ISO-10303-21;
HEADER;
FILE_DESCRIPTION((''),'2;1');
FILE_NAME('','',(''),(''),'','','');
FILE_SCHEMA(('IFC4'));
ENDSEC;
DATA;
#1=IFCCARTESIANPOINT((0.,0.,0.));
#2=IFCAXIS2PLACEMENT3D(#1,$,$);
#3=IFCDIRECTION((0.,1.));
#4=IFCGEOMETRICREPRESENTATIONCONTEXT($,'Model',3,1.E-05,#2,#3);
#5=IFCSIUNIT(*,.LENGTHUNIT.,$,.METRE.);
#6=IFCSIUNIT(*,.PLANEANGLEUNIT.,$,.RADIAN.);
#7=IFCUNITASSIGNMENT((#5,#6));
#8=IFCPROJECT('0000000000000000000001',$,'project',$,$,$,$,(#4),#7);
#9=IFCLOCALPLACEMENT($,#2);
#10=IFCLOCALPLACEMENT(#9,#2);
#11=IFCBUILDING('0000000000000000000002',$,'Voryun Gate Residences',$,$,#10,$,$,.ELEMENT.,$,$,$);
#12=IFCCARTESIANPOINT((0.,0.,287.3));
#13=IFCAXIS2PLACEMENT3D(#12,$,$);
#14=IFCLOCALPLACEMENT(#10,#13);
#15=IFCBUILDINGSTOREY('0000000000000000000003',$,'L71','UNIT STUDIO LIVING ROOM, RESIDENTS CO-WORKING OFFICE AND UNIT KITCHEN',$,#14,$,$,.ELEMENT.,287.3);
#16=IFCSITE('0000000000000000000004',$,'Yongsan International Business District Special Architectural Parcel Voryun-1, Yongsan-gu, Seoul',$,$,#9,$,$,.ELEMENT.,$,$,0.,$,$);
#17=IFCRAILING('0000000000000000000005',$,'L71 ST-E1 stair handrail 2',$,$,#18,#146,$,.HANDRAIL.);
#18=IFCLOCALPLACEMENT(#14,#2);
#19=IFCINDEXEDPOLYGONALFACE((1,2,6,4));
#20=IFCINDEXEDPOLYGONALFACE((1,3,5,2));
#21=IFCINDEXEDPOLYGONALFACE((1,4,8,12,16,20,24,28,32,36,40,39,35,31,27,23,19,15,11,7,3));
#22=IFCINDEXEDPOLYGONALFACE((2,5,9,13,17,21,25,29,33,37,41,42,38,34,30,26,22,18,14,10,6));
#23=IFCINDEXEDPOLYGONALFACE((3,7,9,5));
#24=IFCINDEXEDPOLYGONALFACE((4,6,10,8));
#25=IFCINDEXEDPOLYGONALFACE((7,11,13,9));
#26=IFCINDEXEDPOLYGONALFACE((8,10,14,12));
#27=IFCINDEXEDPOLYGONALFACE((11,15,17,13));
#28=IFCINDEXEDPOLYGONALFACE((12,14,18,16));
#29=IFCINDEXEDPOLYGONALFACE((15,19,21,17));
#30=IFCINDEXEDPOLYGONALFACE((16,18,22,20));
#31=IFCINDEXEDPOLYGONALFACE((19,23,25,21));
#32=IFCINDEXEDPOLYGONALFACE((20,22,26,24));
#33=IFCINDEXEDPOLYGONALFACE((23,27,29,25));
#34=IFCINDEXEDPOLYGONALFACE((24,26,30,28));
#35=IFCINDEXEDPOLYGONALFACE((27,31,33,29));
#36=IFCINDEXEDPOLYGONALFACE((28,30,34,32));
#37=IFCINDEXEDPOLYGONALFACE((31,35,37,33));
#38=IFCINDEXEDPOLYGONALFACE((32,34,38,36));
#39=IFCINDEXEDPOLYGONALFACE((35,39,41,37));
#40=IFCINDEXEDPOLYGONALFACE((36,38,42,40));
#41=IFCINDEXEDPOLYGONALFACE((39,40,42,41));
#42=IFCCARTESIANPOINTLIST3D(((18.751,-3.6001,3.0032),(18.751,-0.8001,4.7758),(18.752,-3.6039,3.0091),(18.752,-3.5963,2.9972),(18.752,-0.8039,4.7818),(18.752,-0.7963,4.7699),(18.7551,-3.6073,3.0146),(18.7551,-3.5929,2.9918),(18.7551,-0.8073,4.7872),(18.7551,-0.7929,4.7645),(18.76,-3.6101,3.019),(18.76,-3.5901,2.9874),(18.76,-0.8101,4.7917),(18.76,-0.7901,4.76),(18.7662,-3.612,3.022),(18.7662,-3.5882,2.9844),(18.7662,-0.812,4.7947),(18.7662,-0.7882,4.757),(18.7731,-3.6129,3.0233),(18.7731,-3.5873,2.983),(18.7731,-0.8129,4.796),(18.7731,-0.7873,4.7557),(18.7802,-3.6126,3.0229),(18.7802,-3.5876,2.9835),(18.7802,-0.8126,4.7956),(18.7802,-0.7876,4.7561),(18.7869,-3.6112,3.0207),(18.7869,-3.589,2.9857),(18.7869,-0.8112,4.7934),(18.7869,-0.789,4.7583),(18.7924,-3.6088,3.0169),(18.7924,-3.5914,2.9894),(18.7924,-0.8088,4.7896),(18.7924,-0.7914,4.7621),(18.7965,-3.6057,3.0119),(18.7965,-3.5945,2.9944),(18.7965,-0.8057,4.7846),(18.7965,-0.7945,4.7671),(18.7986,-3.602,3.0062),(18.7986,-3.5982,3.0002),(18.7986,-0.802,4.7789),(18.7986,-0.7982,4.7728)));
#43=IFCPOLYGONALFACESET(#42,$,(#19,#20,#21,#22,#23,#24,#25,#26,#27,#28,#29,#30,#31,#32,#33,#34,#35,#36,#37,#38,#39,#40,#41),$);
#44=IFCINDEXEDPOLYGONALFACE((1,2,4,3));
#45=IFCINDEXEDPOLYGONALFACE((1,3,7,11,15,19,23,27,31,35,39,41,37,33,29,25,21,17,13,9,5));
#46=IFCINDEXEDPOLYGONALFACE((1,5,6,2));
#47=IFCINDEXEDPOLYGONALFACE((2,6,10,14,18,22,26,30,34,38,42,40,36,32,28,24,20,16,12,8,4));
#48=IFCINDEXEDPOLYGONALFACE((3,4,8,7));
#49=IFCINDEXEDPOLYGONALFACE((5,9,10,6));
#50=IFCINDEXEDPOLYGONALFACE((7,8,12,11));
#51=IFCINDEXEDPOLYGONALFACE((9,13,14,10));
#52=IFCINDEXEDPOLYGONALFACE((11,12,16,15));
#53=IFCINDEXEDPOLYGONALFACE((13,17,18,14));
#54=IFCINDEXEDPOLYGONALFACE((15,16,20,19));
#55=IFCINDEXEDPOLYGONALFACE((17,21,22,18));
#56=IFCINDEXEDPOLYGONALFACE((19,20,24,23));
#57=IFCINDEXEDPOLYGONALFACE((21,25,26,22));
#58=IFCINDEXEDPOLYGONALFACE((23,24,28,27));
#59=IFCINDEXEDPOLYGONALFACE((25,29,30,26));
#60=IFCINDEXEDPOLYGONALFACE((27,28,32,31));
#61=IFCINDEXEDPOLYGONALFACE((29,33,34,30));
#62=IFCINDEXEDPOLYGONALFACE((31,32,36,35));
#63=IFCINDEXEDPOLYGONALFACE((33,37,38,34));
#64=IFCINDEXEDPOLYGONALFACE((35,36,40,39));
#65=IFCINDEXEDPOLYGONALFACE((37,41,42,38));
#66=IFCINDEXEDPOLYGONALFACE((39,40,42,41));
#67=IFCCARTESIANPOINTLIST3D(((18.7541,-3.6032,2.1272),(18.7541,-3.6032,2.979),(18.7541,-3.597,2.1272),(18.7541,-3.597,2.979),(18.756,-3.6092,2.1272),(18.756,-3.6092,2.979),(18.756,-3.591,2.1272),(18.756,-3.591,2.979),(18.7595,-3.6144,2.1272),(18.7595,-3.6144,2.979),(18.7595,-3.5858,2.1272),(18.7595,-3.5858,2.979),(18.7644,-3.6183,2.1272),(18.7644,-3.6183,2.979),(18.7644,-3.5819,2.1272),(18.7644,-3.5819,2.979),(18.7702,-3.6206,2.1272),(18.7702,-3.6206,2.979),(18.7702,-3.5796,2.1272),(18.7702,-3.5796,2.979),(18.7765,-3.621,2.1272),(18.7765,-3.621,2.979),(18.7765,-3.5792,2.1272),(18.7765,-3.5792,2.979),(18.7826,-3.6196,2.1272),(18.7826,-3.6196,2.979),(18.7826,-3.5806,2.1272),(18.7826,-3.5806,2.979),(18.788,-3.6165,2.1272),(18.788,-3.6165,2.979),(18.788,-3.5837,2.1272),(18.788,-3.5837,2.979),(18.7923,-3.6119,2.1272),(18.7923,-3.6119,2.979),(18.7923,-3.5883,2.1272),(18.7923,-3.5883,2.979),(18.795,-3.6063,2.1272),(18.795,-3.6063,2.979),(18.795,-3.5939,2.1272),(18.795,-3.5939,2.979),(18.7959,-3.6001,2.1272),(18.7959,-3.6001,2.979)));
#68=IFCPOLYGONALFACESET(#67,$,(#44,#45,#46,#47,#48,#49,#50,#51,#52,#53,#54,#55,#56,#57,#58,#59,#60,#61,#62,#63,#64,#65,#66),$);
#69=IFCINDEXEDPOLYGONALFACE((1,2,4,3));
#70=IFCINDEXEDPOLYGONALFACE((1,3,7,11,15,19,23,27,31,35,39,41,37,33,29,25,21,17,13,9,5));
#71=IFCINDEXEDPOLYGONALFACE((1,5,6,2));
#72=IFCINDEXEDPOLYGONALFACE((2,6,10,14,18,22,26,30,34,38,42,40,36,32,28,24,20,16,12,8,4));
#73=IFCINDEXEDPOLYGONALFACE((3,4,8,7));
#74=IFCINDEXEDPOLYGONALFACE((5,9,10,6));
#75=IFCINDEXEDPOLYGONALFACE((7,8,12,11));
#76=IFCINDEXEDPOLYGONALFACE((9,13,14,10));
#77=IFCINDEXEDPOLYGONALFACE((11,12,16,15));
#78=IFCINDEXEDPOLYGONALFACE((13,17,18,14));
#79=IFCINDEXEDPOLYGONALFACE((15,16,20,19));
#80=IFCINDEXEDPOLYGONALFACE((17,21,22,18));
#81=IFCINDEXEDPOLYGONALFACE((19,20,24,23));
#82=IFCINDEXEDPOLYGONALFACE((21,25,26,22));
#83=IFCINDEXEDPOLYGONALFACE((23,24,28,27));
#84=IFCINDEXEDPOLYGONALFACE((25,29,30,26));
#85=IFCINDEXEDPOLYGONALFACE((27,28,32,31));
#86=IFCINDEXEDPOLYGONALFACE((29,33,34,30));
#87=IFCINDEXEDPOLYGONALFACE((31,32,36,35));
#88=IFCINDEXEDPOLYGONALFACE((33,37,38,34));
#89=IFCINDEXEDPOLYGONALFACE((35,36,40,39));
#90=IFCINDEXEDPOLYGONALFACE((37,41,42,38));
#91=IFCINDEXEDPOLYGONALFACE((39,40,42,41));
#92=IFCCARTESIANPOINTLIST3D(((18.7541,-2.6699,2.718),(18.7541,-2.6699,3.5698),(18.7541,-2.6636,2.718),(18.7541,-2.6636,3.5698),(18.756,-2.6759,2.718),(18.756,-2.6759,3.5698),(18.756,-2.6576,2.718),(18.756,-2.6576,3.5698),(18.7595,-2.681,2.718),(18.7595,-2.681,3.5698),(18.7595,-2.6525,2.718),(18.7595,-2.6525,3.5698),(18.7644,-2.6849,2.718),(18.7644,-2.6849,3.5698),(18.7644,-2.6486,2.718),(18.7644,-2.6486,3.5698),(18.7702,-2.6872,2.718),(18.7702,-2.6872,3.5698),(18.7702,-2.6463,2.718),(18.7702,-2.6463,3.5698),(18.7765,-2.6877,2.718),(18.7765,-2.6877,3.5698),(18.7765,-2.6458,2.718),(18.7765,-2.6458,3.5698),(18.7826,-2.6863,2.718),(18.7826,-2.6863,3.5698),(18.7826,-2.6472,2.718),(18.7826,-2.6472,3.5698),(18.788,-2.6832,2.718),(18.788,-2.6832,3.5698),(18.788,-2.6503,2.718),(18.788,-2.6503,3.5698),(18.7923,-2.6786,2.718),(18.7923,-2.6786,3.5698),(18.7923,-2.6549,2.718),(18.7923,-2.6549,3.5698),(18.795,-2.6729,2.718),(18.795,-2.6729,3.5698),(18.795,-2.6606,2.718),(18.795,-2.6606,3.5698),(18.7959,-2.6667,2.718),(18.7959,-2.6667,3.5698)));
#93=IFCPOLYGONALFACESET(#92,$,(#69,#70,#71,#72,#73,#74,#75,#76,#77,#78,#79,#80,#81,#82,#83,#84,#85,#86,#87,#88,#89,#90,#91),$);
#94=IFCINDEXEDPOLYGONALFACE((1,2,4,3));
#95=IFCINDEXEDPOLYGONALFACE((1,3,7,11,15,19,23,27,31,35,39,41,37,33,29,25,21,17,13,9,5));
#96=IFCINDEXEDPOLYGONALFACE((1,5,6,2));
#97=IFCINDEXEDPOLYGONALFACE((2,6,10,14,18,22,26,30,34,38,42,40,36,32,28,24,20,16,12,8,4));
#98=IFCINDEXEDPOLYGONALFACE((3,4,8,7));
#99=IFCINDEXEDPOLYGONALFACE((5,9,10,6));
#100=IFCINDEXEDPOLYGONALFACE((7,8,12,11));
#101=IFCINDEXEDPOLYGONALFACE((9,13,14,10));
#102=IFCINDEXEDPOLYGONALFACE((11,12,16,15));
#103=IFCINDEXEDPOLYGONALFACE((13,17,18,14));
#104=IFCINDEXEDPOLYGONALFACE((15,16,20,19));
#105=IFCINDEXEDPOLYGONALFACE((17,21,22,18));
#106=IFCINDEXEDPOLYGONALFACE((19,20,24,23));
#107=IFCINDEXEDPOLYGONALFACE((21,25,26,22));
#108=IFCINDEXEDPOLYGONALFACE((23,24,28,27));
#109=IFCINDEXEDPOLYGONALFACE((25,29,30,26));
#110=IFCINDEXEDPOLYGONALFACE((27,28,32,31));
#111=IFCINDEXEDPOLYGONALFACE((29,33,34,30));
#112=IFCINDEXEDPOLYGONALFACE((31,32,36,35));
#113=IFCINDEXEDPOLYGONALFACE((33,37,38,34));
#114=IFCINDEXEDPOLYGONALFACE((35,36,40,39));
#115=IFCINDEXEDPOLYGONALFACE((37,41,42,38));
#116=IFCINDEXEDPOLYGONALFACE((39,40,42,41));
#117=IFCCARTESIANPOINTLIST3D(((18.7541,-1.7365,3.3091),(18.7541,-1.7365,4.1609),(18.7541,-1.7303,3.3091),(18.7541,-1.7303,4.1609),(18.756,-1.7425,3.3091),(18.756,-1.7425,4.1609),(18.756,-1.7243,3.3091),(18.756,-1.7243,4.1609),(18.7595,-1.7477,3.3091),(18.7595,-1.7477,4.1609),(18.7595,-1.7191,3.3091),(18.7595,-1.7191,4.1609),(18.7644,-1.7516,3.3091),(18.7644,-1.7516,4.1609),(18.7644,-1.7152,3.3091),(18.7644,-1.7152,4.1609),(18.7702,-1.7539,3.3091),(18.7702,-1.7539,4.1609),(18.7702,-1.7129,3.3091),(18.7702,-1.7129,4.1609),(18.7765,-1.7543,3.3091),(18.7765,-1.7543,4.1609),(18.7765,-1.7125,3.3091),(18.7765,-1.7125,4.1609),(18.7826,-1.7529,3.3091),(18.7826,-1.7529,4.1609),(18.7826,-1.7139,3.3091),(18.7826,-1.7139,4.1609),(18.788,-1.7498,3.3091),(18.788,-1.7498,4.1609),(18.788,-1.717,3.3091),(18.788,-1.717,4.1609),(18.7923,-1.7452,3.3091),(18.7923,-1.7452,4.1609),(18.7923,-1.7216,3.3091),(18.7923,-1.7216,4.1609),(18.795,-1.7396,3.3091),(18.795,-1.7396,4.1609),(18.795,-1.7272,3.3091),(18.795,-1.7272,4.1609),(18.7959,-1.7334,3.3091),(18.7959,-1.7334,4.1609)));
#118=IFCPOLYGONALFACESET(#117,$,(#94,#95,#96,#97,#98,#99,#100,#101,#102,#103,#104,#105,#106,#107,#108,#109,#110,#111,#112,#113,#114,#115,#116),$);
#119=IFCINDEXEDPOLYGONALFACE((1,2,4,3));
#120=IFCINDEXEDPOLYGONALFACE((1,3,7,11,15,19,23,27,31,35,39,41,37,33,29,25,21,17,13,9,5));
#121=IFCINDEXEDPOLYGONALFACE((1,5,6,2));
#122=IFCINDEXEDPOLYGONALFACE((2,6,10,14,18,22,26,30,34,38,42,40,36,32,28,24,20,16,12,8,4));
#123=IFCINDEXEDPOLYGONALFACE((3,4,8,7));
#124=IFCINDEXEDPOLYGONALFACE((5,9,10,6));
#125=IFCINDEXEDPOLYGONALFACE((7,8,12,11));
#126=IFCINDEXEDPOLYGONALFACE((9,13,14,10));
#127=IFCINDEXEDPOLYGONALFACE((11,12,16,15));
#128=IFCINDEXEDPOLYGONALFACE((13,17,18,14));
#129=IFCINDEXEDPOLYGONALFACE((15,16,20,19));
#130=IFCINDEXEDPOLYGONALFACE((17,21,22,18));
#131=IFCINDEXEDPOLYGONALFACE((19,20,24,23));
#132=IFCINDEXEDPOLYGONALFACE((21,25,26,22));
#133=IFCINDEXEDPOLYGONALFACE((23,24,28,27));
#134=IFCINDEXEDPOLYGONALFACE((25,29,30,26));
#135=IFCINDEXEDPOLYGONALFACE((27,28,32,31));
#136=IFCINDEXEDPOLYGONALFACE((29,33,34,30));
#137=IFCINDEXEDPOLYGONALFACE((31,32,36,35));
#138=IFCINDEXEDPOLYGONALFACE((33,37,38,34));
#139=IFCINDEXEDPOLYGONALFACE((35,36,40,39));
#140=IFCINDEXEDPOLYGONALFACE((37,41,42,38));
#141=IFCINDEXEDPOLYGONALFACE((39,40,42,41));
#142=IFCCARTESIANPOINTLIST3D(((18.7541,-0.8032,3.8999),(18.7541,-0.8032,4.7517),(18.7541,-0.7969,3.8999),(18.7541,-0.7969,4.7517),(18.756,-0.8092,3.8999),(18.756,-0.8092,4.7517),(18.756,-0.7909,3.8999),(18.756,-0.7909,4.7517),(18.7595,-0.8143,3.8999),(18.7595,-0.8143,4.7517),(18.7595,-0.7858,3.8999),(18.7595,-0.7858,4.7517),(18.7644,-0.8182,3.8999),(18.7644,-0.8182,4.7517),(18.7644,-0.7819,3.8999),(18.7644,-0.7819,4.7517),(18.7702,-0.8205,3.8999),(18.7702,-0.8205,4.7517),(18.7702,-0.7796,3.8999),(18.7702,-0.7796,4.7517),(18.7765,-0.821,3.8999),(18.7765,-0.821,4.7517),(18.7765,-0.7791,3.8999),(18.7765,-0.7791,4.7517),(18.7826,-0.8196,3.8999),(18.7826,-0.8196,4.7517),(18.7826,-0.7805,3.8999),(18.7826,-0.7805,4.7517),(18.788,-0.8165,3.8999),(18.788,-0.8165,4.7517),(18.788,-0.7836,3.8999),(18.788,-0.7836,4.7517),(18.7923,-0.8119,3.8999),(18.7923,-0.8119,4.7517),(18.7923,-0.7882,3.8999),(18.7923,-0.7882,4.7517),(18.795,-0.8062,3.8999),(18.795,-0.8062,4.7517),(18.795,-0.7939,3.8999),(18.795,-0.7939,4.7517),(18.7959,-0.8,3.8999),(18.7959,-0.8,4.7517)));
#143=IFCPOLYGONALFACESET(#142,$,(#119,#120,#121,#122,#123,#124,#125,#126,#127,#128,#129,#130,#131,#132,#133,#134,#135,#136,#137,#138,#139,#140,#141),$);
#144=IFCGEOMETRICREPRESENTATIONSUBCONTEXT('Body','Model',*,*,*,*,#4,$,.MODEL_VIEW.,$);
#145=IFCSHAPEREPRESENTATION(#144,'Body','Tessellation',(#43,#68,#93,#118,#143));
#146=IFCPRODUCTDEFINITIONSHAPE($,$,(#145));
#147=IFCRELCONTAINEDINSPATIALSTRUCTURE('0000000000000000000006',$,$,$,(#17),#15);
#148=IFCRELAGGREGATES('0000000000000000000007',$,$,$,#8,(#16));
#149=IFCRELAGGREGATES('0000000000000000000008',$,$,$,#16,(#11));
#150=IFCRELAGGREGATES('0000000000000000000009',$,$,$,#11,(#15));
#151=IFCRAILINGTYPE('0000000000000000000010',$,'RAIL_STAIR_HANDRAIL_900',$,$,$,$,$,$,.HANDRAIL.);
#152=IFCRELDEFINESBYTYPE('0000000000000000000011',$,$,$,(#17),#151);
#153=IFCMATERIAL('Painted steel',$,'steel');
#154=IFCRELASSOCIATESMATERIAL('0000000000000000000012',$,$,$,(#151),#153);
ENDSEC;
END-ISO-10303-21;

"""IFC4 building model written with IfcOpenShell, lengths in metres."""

from ifc_helpers import new_model, si_unit, direction, frame, origin, origin_2d, place, context, subcontext, project, spatial, circle, extrude, material, type_object, element, save


model = new_model("IFC4")

# Units and contexts
model_context = context("Model", 3, precision=1e-05, world=origin(), true_north=direction((0.0, 1.0)))
body_context = subcontext(model_context, "Body", "Model", "MODEL_VIEW")
ifc_project = project(units=[si_unit("LENGTHUNIT", "METRE"), si_unit("PLANEANGLEUNIT", "RADIAN")], contexts=[model_context])

# Site, building, storey
site_placement = place(None, origin())
site = spatial("IfcSite", under=ifc_project, at=site_placement, Name="Yongsan International Business District Special Architectural Parcel Voryun-1, Yongsan-gu, Seoul", CompositionType="ELEMENT", RefElevation=0.0)
building_placement = place(site_placement, origin())
building = spatial("IfcBuilding", under=site, at=building_placement, Name="Voryun Gate Residences", CompositionType="ELEMENT")
storey_placement = place(building_placement, frame((0.0, 0.0, 287.3)))
storey = spatial("IfcBuildingStorey", under=building, at=storey_placement, Name="L71", Description="UNIT STUDIO LIVING ROOM, RESIDENTS CO-WORKING OFFICE AND UNIT KITCHEN", CompositionType="ELEMENT", Elevation=287.3)

# Railing
ifc_material_1 = material(Name="Painted steel", Category="steel")
railing_type_1 = type_object("IfcRailingType", Name="RAIL_STAIR_HANDRAIL_900", PredefinedType="HANDRAIL", material=ifc_material_1)
railing_1_placement = place(storey_placement, frame((18.7749, -3.6001, 2.1272)))
element("IfcRailing", 1, at=railing_1_placement, inside=storey, type_object=railing_type_1, Name="L71 ST-E1 stair handrail 2", PredefinedType="HANDRAIL", context=body_context, shape_type="SweptSolid", body=[
    extrude(circle(Radius=0.0239, at=origin_2d()), frame((0.0, 0.0, 0.876), z_axis=(0.0, 0.844909, 0.53491), x_axis=(-1.0, 0.0, 0.0)), (0.0, 0.0, 1.0), 3.314),
    extrude(circle(Radius=0.021, at=origin_2d()), origin(), (0.0, 0.0, 1.0), 0.8518),
    extrude(circle(Radius=0.021, at=origin_2d()), frame((0.0, 0.9333, 0.5908)), (0.0, 0.0, 1.0), 0.8518),
    extrude(circle(Radius=0.021, at=origin_2d()), frame((0.0, 1.8667, 1.1819)), (0.0, 0.0, 1.0), 0.8518),
    extrude(circle(Radius=0.021, at=origin_2d()), frame((0.0, 2.8, 1.7727)), (0.0, 0.0, 1.0), 0.8518),
])

save(model, "model.ifc")
